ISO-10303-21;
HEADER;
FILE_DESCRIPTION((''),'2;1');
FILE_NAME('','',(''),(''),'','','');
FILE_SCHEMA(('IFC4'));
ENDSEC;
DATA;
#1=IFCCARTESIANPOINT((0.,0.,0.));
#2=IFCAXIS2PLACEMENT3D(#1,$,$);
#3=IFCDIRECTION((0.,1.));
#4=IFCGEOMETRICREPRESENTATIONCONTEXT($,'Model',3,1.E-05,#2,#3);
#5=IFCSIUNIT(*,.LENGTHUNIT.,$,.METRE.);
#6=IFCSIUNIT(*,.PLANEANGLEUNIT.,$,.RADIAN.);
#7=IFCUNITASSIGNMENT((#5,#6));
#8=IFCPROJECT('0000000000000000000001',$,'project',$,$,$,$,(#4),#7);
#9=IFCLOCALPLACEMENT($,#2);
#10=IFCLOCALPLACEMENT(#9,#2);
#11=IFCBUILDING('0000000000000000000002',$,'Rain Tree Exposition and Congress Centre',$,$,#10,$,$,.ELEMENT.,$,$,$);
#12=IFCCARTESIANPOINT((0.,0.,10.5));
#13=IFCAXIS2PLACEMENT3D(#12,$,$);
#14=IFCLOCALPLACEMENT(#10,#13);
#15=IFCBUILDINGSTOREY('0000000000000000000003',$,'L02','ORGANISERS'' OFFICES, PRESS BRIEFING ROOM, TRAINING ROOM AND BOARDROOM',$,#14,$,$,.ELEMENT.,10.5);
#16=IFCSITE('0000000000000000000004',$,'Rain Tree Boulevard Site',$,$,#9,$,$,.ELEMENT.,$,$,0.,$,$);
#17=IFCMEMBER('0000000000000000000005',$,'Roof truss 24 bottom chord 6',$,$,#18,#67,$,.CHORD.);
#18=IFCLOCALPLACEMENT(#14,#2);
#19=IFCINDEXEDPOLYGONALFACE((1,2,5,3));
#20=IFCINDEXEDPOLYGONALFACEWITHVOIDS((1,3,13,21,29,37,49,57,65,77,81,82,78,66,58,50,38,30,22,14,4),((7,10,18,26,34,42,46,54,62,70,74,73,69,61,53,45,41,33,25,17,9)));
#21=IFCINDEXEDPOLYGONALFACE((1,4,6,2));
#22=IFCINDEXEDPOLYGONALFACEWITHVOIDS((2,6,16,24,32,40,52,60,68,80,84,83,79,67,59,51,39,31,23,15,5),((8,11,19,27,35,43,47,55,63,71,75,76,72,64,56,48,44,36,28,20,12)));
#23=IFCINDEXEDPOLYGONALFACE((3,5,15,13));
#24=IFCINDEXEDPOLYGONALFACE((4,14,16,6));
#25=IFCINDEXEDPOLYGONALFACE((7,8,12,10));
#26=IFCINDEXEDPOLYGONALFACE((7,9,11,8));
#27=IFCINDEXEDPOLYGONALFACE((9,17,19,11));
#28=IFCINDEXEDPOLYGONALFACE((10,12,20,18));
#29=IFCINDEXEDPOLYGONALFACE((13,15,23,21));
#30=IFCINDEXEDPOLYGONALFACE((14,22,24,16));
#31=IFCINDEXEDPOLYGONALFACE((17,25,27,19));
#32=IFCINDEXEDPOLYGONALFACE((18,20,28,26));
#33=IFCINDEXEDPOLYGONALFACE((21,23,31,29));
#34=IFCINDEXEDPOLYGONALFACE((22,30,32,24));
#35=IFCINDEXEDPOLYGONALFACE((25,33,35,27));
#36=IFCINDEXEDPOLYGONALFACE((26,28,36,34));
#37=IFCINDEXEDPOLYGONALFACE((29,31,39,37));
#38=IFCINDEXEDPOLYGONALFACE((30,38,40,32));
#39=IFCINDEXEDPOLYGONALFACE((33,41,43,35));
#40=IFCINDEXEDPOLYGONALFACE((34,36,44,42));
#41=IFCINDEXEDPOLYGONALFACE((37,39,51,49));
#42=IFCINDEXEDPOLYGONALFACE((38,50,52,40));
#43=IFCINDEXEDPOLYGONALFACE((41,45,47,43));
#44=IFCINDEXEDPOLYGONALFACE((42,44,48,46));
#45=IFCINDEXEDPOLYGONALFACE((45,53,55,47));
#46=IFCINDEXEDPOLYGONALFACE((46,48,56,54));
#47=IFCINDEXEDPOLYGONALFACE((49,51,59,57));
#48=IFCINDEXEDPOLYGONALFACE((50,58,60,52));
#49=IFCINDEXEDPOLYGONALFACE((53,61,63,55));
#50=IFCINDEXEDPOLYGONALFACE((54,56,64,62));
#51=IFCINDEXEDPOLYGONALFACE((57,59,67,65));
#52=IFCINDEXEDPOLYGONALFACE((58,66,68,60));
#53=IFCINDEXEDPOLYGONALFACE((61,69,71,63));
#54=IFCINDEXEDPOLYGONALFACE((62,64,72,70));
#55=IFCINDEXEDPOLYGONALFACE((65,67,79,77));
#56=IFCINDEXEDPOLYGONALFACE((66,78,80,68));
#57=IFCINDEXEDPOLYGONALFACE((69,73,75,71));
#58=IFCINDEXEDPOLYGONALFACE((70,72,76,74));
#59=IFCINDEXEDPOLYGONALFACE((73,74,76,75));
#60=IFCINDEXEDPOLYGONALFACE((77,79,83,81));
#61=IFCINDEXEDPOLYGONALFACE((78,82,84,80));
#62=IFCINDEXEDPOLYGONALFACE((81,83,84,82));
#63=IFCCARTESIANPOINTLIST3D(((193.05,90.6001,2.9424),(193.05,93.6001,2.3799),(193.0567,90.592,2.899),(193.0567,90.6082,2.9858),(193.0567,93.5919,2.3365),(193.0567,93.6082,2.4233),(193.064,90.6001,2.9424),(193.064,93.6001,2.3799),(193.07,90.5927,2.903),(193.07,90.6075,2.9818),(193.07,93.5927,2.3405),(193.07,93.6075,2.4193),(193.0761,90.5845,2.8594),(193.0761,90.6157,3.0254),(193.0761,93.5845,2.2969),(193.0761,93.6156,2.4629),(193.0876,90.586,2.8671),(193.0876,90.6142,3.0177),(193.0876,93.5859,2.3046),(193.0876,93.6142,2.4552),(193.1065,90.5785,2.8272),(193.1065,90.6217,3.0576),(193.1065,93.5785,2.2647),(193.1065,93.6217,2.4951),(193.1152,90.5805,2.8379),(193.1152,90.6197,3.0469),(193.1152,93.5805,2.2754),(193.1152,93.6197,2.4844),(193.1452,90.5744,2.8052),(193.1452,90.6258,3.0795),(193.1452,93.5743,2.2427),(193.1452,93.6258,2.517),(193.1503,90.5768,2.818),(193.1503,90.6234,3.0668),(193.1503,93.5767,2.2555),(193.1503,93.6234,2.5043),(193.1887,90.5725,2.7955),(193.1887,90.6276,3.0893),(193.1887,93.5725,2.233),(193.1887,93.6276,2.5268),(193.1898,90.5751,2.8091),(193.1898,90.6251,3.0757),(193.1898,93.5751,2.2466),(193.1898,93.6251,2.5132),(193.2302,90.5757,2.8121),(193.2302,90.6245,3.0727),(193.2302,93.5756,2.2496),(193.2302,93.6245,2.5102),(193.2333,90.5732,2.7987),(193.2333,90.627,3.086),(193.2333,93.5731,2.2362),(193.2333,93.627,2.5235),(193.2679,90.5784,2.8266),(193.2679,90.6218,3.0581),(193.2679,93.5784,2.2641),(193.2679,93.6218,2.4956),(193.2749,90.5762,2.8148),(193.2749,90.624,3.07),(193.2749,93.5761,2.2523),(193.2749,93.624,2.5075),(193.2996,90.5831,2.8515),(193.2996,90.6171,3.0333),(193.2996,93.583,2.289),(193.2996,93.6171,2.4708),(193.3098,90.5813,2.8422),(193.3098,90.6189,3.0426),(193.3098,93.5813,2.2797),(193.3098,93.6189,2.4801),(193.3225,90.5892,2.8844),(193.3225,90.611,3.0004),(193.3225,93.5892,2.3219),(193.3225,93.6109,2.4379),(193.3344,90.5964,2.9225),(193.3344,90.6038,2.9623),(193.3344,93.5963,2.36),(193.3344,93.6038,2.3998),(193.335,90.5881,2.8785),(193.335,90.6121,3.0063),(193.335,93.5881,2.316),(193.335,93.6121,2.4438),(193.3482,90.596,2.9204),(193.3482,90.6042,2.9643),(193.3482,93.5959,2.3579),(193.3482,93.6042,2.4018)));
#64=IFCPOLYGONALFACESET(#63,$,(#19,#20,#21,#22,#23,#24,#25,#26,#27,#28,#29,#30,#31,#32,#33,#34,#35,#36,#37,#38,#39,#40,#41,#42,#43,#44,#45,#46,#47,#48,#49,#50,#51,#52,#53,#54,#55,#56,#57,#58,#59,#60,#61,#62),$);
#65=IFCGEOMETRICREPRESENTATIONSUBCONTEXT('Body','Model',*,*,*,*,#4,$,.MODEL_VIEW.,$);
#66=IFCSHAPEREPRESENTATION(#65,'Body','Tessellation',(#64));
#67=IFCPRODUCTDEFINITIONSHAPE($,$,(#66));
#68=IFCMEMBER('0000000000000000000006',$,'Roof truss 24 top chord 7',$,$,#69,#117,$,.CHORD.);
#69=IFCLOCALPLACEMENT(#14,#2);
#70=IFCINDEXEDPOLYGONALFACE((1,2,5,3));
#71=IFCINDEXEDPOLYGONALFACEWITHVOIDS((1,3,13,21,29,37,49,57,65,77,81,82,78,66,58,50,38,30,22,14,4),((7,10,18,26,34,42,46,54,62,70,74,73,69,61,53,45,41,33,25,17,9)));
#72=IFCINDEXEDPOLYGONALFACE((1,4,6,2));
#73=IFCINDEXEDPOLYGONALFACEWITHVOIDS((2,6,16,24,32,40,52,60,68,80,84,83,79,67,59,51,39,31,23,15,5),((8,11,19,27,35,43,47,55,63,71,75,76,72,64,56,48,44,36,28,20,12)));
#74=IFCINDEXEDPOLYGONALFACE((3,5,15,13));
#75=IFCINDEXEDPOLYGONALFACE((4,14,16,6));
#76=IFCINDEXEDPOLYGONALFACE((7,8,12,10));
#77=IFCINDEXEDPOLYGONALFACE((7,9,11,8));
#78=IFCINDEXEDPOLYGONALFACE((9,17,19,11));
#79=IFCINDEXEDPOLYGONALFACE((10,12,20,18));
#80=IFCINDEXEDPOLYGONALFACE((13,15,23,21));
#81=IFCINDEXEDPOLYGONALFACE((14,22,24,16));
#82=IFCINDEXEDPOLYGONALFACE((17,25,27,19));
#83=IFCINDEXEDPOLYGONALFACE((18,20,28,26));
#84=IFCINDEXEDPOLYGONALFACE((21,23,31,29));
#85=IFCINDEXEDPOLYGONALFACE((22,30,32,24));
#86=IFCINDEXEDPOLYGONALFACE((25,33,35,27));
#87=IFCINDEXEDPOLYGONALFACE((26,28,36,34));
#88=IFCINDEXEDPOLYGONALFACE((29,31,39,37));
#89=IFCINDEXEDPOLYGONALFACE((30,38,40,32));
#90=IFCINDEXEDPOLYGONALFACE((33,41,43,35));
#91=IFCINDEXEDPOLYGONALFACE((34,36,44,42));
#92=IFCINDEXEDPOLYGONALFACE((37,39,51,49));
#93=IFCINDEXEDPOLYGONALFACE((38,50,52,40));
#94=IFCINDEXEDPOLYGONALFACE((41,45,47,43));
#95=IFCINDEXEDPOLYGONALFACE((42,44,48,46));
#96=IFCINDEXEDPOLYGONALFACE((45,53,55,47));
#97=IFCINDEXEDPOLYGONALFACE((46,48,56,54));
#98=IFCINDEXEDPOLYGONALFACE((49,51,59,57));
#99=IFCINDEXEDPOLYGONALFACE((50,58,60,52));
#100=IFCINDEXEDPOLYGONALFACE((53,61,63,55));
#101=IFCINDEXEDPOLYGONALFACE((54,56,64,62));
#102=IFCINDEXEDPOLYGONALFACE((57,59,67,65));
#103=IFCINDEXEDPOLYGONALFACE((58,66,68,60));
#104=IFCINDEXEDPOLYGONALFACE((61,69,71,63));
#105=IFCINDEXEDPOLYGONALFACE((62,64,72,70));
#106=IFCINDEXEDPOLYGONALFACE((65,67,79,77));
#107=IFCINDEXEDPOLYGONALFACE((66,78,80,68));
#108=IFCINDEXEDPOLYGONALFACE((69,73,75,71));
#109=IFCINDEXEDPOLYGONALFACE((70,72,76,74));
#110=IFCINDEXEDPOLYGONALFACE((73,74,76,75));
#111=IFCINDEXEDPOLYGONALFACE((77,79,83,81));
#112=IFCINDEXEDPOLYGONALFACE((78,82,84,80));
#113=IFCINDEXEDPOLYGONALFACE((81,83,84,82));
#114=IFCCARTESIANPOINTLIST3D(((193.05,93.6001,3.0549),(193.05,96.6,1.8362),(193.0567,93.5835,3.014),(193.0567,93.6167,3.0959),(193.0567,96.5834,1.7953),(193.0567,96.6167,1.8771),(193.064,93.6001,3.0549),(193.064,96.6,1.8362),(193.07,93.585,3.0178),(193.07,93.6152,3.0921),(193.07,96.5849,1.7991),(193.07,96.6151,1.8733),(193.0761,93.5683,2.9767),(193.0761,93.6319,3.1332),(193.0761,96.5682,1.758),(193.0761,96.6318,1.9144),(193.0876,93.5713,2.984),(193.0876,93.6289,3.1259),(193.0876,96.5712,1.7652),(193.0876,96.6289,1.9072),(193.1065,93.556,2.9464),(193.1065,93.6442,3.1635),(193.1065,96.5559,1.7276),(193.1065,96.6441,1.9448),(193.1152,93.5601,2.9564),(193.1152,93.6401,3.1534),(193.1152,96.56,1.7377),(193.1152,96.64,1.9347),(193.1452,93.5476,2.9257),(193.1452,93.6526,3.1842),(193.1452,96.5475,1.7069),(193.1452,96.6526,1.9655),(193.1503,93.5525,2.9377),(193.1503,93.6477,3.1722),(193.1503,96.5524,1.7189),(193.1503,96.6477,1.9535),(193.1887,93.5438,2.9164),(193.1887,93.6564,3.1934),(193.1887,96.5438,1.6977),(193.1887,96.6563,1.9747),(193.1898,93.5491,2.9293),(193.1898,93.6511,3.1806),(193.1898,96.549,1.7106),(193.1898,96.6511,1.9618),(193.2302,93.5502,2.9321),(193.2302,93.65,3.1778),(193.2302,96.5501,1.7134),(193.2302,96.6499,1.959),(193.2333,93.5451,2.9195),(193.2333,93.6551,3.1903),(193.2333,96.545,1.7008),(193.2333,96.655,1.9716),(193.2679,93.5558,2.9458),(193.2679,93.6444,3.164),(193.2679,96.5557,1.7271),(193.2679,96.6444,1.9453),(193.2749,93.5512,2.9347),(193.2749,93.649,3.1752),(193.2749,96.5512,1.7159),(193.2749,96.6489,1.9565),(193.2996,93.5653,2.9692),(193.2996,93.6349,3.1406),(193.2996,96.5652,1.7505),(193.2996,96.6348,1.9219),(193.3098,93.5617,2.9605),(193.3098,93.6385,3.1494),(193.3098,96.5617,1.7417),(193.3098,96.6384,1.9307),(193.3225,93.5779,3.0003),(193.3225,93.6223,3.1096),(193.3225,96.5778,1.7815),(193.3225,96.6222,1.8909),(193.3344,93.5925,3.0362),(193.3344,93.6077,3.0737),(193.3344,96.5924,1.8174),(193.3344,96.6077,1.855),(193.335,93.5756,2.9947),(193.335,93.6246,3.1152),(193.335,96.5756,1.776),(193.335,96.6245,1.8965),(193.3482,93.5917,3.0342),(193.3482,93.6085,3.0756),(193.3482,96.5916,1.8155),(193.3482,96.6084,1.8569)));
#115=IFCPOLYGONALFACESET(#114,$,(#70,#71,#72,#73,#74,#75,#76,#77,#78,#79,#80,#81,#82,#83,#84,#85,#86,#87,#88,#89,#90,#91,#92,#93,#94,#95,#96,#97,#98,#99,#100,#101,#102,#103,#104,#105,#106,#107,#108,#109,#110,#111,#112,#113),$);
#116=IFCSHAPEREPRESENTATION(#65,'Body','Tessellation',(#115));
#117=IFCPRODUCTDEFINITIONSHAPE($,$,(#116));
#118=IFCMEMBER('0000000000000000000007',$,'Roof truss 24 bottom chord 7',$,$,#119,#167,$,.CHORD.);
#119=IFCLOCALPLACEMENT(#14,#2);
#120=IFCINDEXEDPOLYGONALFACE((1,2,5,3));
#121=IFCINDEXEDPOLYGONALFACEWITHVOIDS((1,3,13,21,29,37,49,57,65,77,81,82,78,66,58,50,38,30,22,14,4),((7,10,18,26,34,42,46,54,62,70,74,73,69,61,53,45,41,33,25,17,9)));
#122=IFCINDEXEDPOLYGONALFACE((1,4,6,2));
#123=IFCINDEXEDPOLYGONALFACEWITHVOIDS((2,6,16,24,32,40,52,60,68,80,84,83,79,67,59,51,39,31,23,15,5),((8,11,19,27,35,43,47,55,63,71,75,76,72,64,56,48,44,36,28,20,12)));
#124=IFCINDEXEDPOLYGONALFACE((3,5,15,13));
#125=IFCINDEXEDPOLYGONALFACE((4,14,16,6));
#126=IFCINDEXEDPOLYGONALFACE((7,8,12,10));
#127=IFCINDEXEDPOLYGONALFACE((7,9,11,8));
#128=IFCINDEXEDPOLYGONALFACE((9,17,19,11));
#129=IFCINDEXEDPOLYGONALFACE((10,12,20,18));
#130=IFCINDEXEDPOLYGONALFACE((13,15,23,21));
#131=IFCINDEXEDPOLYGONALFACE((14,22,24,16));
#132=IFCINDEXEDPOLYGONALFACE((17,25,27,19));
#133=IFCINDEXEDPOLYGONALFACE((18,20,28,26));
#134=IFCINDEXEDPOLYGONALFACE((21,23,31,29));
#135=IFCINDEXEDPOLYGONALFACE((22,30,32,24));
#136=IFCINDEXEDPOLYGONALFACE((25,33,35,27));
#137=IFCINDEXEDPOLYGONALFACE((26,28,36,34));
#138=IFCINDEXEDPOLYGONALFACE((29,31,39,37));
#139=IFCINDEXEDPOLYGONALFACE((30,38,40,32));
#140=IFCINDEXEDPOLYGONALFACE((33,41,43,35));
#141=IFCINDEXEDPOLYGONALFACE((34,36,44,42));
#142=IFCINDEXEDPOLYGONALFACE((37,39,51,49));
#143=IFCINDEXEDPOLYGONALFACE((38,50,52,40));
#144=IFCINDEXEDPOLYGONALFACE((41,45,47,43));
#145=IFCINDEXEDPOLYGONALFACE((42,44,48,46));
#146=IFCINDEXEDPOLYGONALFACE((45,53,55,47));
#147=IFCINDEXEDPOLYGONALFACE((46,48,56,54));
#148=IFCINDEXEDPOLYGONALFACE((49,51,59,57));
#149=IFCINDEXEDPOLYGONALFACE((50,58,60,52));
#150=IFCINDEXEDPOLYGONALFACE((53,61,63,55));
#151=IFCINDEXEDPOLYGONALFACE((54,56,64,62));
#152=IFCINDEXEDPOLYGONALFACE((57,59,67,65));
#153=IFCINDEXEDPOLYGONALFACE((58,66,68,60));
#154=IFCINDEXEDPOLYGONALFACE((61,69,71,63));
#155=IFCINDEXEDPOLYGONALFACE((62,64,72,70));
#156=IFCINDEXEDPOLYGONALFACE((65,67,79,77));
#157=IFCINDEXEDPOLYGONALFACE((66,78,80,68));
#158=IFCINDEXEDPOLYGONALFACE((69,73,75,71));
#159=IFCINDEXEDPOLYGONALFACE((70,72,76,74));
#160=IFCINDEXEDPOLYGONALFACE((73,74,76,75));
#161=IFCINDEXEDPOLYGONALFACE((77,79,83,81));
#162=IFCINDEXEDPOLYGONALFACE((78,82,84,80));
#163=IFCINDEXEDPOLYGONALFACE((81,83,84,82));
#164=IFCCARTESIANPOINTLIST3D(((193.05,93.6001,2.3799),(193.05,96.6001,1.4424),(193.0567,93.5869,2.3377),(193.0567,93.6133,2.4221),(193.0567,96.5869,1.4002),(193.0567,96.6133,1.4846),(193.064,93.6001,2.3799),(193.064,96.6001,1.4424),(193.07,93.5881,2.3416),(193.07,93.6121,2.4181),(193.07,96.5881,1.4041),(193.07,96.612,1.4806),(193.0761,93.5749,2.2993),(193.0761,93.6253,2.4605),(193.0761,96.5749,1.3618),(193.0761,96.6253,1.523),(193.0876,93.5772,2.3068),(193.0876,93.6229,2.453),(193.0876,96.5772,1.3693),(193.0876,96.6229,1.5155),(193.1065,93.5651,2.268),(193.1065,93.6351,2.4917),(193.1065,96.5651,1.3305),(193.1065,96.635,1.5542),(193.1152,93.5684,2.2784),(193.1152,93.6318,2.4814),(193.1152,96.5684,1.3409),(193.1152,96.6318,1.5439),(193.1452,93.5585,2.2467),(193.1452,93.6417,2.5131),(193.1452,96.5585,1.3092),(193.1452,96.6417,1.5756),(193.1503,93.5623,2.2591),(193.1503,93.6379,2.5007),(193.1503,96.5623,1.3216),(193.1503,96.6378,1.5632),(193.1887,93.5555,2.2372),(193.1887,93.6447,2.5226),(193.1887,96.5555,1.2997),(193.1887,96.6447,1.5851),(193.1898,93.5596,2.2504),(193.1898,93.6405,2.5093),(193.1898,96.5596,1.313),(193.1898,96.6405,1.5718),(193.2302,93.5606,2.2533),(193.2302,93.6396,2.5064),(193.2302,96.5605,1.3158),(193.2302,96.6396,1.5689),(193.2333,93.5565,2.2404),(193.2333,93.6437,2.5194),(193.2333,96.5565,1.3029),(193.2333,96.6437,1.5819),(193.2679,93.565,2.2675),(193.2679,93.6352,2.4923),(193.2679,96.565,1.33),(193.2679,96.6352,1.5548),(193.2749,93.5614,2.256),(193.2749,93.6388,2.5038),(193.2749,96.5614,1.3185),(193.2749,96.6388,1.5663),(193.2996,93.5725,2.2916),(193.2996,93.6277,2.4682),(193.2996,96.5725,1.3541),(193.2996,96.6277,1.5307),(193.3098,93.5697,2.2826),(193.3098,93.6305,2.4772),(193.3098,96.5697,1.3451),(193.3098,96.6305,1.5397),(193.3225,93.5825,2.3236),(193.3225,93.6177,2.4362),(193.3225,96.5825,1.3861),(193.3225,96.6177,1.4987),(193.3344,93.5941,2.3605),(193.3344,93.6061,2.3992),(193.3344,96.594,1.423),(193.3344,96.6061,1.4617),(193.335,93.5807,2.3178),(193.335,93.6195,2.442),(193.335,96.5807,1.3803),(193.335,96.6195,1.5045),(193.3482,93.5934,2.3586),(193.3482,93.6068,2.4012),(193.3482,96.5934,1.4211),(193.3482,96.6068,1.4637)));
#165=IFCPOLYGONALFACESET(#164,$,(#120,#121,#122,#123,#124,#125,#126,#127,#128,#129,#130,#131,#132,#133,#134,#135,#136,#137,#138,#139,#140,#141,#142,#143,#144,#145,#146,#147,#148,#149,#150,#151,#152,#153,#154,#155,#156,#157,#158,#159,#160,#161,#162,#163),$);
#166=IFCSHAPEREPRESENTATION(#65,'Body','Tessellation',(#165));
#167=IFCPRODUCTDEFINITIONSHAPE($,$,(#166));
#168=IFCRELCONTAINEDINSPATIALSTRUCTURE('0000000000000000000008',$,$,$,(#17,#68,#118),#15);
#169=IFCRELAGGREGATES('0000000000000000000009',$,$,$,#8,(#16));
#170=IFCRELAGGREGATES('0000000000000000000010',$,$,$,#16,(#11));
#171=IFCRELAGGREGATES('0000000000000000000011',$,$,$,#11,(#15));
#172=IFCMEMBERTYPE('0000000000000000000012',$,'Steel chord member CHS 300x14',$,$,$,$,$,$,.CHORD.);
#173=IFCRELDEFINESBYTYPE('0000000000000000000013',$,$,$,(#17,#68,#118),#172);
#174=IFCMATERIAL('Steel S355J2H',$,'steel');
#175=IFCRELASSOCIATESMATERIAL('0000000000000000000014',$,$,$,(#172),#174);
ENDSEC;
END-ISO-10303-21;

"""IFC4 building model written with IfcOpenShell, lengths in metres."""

from ifc_helpers import new_model, si_unit, direction, frame, origin, origin_2d, place, context, subcontext, project, spatial, hollow_circle, extrude, material, material_profile, profile_set, type_object, element, save


model = new_model("IFC4")

# Units and contexts
model_context = context("Model", 3, precision=1e-05, world=origin(), true_north=direction((0.0, 1.0)))
body_context = subcontext(model_context, "Body", "Model", "MODEL_VIEW")
ifc_project = project(units=[si_unit("LENGTHUNIT", "METRE"), si_unit("PLANEANGLEUNIT", "RADIAN")], contexts=[model_context])

# Site, building, storey
site_placement = place(None, origin())
site = spatial("IfcSite", under=ifc_project, at=site_placement, Name="Rain Tree Boulevard Site", CompositionType="ELEMENT", RefElevation=0.0)
building_placement = place(site_placement, origin())
building = spatial("IfcBuilding", under=site, at=building_placement, Name="Rain Tree Exposition and Congress Centre", CompositionType="ELEMENT")
storey_placement = place(building_placement, frame((0.0, 0.0, 10.5)))
storey = spatial("IfcBuildingStorey", under=building, at=storey_placement, Name="L02", Description="ORGANISERS' OFFICES, PRESS BRIEFING ROOM, TRAINING ROOM AND BOARDROOM", CompositionType="ELEMENT", Elevation=10.5)

# Members
ifc_material_1 = material(Name="Steel S355J2H", Category="steel")
ifc_material_profile_1 = material_profile(ifc_material_1, hollow_circle(Radius=0.1499, WallThickness=0.0139, at=origin_2d()), Name="CHS 300x14")
ifc_profile_set_1 = profile_set([ifc_material_profile_1], Name="Steel S355J2H")
member_type_1 = type_object("IfcMemberType", Name="Steel chord member CHS 300x14", PredefinedType="CHORD", material=ifc_profile_set_1)
member_1_placement = place(storey_placement, frame((193.2, 90.6001, 2.9424), z_axis=(0.0, 0.982872, -0.184289), x_axis=(-1.0, 0.0, 0.0)))
element("IfcMember", 1, at=member_1_placement, inside=storey, type_object=member_type_1, Name="Roof truss 24 bottom chord 6", PredefinedType="CHORD", context=body_context, shape_type="SweptSolid", body=[
    extrude(hollow_circle(Radius=0.1499, WallThickness=0.0139, at=origin_2d()), origin(), (0.0, 0.0, 1.0), 3.0522),
])
member_2_placement = place(storey_placement, frame((193.2, 93.6001, 3.0549), z_axis=(0.0, 0.926467, -0.376377), x_axis=(-1.0, 0.0, 0.0)))
element("IfcMember", 2, at=member_2_placement, inside=storey, type_object=member_type_1, Name="Roof truss 24 top chord 7", PredefinedType="CHORD", context=body_context, shape_type="SweptSolid", body=[
    extrude(hollow_circle(Radius=0.1499, WallThickness=0.0139, at=origin_2d()), origin(), (0.0, 0.0, 1.0), 3.238),
])
member_3_placement = place(storey_placement, frame((193.2, 93.6001, 2.3799), z_axis=(0.0, 0.95448, -0.298275), x_axis=(-1.0, 0.0, 0.0)))
element("IfcMember", 3, at=member_3_placement, inside=storey, type_object=member_type_1, Name="Roof truss 24 bottom chord 7", PredefinedType="CHORD", context=body_context, shape_type="SweptSolid", body=[
    extrude(hollow_circle(Radius=0.1499, WallThickness=0.0139, at=origin_2d()), origin(), (0.0, 0.0, 1.0), 3.1431),
])

save(model, "model.ifc")
